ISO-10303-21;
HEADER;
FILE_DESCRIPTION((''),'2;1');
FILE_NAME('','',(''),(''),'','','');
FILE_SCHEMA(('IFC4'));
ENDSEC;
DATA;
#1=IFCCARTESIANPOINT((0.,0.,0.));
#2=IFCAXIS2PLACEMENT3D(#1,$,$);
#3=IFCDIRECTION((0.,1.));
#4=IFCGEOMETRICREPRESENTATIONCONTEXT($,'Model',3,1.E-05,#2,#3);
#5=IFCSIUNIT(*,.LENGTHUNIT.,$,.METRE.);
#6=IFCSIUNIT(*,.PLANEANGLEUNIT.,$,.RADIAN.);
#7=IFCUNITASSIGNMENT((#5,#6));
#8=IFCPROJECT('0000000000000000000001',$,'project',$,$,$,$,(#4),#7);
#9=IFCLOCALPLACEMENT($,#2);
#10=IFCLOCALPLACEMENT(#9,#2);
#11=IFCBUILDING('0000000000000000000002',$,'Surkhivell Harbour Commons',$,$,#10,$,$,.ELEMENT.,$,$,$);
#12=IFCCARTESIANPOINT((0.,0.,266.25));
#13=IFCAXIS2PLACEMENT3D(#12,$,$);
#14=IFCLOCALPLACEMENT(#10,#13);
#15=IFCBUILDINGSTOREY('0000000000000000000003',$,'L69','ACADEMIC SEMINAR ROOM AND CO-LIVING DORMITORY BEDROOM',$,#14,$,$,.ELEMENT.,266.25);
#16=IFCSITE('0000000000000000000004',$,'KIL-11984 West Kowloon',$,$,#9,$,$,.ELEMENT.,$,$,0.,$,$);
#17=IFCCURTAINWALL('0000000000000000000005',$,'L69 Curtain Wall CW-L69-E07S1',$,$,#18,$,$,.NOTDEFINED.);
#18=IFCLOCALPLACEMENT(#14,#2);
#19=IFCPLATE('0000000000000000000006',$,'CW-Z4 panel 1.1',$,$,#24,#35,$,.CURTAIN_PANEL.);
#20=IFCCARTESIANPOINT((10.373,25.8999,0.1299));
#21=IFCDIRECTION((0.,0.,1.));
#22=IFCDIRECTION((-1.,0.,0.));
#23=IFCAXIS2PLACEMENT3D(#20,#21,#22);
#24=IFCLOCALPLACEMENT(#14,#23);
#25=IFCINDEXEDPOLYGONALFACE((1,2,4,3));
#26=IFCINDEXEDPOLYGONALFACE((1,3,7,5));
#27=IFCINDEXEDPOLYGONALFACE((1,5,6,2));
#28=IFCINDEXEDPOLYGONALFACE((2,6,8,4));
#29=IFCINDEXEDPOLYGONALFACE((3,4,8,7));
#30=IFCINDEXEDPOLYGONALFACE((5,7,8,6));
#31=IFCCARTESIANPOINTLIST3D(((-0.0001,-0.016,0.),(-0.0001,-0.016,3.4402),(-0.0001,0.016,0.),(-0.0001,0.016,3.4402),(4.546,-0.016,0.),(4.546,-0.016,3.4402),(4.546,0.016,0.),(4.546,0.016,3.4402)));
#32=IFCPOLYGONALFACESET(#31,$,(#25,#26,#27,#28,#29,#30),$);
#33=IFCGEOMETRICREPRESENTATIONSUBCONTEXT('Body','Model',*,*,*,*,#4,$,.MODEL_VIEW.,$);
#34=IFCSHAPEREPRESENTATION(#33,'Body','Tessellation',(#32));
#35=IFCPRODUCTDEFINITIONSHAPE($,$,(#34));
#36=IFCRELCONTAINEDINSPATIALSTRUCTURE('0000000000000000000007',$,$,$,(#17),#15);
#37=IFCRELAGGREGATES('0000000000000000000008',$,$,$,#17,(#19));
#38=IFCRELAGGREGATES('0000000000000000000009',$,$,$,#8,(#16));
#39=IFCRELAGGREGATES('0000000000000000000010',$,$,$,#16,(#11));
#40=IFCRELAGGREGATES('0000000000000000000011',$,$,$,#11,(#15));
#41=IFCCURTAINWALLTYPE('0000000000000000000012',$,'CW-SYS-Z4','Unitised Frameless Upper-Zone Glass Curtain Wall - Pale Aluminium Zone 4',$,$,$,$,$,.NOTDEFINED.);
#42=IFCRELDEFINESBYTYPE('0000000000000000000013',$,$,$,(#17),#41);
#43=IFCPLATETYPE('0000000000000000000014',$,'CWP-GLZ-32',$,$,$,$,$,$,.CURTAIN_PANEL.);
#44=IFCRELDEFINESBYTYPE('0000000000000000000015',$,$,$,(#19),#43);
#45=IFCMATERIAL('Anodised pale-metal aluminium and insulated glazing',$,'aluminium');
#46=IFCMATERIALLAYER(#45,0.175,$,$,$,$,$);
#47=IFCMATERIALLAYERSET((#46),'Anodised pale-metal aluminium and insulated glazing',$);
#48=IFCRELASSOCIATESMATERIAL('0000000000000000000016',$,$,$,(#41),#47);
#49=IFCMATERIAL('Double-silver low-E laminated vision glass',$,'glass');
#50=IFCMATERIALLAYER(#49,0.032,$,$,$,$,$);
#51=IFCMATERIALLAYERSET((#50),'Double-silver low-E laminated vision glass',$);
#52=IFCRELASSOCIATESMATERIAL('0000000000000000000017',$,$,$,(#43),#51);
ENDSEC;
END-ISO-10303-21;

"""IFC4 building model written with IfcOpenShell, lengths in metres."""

from ifc_helpers import new_model, si_unit, direction, frame, frame_2d, origin, place, context, subcontext, project, spatial, rectangle, extrude, material, layer, layer_set, type_object, element, aggregate, save


model = new_model("IFC4")

# Units and contexts
model_context = context("Model", 3, precision=1e-05, world=origin(), true_north=direction((0.0, 1.0)))
body_context = subcontext(model_context, "Body", "Model", "MODEL_VIEW")
ifc_project = project(units=[si_unit("LENGTHUNIT", "METRE"), si_unit("PLANEANGLEUNIT", "RADIAN")], contexts=[model_context])

# Site, building, storey
site_placement = place(None, origin())
site = spatial("IfcSite", under=ifc_project, at=site_placement, Name="KIL-11984 West Kowloon", CompositionType="ELEMENT", RefElevation=0.0)
building_placement = place(site_placement, origin())
building = spatial("IfcBuilding", under=site, at=building_placement, Name="Surkhivell Harbour Commons", CompositionType="ELEMENT")
storey_placement = place(building_placement, frame((0.0, 0.0, 266.25)))
storey = spatial("IfcBuildingStorey", under=building, at=storey_placement, Name="L69", Description="ACADEMIC SEMINAR ROOM AND CO-LIVING DORMITORY BEDROOM", CompositionType="ELEMENT", Elevation=266.25)

# Shared definitions
ifc_material_1 = material(Name="Anodised pale-metal aluminium and insulated glazing", Category="aluminium")
ifc_layer_1 = layer(ifc_material_1, 0.175)
ifc_layer_set_1 = layer_set([ifc_layer_1], Name="Anodised pale-metal aluminium and insulated glazing")
curtain_wall_type = type_object("IfcCurtainWallType", Name="CW-SYS-Z4", Description="Unitised Frameless Upper-Zone Glass Curtain Wall - Pale Aluminium Zone 4", PredefinedType="NOTDEFINED", material=ifc_layer_set_1)

# Curtain wall
curtain_wall_1_placement = place(storey_placement, origin())
curtain_wall_1 = element("IfcCurtainWall", 1, at=curtain_wall_1_placement, inside=storey, type_object=curtain_wall_type, Name="L69 Curtain Wall CW-L69-E07S1", PredefinedType="NOTDEFINED")

# Plate
ifc_material_2 = material(Name="Double-silver low-E laminated vision glass", Category="glass")
ifc_layer_2 = layer(ifc_material_2, 0.032)
ifc_layer_set_2 = layer_set([ifc_layer_2], Name="Double-silver low-E laminated vision glass")
plate_type = type_object("IfcPlateType", Name="CWP-GLZ-32", PredefinedType="CURTAIN_PANEL", material=ifc_layer_set_2)
plate_1_placement = place(storey_placement, frame((10.373, 25.8999, 0.1299), z_axis=(0.0, 0.0, 1.0), x_axis=(-1.0, 0.0, 0.0)))
plate_1 = element("IfcPlate", 2, at=plate_1_placement, type_object=plate_type, Name="CW-Z4 panel 1.1", PredefinedType="CURTAIN_PANEL", context=body_context, shape_type="SweptSolid", body=[
    extrude(rectangle(XDim=4.5461, YDim=0.032, at=frame_2d((2.2729, 0.0))), origin(), (0.0, 0.0, 1.0), 3.4402),
])
aggregate(curtain_wall_1, [plate_1])

save(model, "model.ifc")
